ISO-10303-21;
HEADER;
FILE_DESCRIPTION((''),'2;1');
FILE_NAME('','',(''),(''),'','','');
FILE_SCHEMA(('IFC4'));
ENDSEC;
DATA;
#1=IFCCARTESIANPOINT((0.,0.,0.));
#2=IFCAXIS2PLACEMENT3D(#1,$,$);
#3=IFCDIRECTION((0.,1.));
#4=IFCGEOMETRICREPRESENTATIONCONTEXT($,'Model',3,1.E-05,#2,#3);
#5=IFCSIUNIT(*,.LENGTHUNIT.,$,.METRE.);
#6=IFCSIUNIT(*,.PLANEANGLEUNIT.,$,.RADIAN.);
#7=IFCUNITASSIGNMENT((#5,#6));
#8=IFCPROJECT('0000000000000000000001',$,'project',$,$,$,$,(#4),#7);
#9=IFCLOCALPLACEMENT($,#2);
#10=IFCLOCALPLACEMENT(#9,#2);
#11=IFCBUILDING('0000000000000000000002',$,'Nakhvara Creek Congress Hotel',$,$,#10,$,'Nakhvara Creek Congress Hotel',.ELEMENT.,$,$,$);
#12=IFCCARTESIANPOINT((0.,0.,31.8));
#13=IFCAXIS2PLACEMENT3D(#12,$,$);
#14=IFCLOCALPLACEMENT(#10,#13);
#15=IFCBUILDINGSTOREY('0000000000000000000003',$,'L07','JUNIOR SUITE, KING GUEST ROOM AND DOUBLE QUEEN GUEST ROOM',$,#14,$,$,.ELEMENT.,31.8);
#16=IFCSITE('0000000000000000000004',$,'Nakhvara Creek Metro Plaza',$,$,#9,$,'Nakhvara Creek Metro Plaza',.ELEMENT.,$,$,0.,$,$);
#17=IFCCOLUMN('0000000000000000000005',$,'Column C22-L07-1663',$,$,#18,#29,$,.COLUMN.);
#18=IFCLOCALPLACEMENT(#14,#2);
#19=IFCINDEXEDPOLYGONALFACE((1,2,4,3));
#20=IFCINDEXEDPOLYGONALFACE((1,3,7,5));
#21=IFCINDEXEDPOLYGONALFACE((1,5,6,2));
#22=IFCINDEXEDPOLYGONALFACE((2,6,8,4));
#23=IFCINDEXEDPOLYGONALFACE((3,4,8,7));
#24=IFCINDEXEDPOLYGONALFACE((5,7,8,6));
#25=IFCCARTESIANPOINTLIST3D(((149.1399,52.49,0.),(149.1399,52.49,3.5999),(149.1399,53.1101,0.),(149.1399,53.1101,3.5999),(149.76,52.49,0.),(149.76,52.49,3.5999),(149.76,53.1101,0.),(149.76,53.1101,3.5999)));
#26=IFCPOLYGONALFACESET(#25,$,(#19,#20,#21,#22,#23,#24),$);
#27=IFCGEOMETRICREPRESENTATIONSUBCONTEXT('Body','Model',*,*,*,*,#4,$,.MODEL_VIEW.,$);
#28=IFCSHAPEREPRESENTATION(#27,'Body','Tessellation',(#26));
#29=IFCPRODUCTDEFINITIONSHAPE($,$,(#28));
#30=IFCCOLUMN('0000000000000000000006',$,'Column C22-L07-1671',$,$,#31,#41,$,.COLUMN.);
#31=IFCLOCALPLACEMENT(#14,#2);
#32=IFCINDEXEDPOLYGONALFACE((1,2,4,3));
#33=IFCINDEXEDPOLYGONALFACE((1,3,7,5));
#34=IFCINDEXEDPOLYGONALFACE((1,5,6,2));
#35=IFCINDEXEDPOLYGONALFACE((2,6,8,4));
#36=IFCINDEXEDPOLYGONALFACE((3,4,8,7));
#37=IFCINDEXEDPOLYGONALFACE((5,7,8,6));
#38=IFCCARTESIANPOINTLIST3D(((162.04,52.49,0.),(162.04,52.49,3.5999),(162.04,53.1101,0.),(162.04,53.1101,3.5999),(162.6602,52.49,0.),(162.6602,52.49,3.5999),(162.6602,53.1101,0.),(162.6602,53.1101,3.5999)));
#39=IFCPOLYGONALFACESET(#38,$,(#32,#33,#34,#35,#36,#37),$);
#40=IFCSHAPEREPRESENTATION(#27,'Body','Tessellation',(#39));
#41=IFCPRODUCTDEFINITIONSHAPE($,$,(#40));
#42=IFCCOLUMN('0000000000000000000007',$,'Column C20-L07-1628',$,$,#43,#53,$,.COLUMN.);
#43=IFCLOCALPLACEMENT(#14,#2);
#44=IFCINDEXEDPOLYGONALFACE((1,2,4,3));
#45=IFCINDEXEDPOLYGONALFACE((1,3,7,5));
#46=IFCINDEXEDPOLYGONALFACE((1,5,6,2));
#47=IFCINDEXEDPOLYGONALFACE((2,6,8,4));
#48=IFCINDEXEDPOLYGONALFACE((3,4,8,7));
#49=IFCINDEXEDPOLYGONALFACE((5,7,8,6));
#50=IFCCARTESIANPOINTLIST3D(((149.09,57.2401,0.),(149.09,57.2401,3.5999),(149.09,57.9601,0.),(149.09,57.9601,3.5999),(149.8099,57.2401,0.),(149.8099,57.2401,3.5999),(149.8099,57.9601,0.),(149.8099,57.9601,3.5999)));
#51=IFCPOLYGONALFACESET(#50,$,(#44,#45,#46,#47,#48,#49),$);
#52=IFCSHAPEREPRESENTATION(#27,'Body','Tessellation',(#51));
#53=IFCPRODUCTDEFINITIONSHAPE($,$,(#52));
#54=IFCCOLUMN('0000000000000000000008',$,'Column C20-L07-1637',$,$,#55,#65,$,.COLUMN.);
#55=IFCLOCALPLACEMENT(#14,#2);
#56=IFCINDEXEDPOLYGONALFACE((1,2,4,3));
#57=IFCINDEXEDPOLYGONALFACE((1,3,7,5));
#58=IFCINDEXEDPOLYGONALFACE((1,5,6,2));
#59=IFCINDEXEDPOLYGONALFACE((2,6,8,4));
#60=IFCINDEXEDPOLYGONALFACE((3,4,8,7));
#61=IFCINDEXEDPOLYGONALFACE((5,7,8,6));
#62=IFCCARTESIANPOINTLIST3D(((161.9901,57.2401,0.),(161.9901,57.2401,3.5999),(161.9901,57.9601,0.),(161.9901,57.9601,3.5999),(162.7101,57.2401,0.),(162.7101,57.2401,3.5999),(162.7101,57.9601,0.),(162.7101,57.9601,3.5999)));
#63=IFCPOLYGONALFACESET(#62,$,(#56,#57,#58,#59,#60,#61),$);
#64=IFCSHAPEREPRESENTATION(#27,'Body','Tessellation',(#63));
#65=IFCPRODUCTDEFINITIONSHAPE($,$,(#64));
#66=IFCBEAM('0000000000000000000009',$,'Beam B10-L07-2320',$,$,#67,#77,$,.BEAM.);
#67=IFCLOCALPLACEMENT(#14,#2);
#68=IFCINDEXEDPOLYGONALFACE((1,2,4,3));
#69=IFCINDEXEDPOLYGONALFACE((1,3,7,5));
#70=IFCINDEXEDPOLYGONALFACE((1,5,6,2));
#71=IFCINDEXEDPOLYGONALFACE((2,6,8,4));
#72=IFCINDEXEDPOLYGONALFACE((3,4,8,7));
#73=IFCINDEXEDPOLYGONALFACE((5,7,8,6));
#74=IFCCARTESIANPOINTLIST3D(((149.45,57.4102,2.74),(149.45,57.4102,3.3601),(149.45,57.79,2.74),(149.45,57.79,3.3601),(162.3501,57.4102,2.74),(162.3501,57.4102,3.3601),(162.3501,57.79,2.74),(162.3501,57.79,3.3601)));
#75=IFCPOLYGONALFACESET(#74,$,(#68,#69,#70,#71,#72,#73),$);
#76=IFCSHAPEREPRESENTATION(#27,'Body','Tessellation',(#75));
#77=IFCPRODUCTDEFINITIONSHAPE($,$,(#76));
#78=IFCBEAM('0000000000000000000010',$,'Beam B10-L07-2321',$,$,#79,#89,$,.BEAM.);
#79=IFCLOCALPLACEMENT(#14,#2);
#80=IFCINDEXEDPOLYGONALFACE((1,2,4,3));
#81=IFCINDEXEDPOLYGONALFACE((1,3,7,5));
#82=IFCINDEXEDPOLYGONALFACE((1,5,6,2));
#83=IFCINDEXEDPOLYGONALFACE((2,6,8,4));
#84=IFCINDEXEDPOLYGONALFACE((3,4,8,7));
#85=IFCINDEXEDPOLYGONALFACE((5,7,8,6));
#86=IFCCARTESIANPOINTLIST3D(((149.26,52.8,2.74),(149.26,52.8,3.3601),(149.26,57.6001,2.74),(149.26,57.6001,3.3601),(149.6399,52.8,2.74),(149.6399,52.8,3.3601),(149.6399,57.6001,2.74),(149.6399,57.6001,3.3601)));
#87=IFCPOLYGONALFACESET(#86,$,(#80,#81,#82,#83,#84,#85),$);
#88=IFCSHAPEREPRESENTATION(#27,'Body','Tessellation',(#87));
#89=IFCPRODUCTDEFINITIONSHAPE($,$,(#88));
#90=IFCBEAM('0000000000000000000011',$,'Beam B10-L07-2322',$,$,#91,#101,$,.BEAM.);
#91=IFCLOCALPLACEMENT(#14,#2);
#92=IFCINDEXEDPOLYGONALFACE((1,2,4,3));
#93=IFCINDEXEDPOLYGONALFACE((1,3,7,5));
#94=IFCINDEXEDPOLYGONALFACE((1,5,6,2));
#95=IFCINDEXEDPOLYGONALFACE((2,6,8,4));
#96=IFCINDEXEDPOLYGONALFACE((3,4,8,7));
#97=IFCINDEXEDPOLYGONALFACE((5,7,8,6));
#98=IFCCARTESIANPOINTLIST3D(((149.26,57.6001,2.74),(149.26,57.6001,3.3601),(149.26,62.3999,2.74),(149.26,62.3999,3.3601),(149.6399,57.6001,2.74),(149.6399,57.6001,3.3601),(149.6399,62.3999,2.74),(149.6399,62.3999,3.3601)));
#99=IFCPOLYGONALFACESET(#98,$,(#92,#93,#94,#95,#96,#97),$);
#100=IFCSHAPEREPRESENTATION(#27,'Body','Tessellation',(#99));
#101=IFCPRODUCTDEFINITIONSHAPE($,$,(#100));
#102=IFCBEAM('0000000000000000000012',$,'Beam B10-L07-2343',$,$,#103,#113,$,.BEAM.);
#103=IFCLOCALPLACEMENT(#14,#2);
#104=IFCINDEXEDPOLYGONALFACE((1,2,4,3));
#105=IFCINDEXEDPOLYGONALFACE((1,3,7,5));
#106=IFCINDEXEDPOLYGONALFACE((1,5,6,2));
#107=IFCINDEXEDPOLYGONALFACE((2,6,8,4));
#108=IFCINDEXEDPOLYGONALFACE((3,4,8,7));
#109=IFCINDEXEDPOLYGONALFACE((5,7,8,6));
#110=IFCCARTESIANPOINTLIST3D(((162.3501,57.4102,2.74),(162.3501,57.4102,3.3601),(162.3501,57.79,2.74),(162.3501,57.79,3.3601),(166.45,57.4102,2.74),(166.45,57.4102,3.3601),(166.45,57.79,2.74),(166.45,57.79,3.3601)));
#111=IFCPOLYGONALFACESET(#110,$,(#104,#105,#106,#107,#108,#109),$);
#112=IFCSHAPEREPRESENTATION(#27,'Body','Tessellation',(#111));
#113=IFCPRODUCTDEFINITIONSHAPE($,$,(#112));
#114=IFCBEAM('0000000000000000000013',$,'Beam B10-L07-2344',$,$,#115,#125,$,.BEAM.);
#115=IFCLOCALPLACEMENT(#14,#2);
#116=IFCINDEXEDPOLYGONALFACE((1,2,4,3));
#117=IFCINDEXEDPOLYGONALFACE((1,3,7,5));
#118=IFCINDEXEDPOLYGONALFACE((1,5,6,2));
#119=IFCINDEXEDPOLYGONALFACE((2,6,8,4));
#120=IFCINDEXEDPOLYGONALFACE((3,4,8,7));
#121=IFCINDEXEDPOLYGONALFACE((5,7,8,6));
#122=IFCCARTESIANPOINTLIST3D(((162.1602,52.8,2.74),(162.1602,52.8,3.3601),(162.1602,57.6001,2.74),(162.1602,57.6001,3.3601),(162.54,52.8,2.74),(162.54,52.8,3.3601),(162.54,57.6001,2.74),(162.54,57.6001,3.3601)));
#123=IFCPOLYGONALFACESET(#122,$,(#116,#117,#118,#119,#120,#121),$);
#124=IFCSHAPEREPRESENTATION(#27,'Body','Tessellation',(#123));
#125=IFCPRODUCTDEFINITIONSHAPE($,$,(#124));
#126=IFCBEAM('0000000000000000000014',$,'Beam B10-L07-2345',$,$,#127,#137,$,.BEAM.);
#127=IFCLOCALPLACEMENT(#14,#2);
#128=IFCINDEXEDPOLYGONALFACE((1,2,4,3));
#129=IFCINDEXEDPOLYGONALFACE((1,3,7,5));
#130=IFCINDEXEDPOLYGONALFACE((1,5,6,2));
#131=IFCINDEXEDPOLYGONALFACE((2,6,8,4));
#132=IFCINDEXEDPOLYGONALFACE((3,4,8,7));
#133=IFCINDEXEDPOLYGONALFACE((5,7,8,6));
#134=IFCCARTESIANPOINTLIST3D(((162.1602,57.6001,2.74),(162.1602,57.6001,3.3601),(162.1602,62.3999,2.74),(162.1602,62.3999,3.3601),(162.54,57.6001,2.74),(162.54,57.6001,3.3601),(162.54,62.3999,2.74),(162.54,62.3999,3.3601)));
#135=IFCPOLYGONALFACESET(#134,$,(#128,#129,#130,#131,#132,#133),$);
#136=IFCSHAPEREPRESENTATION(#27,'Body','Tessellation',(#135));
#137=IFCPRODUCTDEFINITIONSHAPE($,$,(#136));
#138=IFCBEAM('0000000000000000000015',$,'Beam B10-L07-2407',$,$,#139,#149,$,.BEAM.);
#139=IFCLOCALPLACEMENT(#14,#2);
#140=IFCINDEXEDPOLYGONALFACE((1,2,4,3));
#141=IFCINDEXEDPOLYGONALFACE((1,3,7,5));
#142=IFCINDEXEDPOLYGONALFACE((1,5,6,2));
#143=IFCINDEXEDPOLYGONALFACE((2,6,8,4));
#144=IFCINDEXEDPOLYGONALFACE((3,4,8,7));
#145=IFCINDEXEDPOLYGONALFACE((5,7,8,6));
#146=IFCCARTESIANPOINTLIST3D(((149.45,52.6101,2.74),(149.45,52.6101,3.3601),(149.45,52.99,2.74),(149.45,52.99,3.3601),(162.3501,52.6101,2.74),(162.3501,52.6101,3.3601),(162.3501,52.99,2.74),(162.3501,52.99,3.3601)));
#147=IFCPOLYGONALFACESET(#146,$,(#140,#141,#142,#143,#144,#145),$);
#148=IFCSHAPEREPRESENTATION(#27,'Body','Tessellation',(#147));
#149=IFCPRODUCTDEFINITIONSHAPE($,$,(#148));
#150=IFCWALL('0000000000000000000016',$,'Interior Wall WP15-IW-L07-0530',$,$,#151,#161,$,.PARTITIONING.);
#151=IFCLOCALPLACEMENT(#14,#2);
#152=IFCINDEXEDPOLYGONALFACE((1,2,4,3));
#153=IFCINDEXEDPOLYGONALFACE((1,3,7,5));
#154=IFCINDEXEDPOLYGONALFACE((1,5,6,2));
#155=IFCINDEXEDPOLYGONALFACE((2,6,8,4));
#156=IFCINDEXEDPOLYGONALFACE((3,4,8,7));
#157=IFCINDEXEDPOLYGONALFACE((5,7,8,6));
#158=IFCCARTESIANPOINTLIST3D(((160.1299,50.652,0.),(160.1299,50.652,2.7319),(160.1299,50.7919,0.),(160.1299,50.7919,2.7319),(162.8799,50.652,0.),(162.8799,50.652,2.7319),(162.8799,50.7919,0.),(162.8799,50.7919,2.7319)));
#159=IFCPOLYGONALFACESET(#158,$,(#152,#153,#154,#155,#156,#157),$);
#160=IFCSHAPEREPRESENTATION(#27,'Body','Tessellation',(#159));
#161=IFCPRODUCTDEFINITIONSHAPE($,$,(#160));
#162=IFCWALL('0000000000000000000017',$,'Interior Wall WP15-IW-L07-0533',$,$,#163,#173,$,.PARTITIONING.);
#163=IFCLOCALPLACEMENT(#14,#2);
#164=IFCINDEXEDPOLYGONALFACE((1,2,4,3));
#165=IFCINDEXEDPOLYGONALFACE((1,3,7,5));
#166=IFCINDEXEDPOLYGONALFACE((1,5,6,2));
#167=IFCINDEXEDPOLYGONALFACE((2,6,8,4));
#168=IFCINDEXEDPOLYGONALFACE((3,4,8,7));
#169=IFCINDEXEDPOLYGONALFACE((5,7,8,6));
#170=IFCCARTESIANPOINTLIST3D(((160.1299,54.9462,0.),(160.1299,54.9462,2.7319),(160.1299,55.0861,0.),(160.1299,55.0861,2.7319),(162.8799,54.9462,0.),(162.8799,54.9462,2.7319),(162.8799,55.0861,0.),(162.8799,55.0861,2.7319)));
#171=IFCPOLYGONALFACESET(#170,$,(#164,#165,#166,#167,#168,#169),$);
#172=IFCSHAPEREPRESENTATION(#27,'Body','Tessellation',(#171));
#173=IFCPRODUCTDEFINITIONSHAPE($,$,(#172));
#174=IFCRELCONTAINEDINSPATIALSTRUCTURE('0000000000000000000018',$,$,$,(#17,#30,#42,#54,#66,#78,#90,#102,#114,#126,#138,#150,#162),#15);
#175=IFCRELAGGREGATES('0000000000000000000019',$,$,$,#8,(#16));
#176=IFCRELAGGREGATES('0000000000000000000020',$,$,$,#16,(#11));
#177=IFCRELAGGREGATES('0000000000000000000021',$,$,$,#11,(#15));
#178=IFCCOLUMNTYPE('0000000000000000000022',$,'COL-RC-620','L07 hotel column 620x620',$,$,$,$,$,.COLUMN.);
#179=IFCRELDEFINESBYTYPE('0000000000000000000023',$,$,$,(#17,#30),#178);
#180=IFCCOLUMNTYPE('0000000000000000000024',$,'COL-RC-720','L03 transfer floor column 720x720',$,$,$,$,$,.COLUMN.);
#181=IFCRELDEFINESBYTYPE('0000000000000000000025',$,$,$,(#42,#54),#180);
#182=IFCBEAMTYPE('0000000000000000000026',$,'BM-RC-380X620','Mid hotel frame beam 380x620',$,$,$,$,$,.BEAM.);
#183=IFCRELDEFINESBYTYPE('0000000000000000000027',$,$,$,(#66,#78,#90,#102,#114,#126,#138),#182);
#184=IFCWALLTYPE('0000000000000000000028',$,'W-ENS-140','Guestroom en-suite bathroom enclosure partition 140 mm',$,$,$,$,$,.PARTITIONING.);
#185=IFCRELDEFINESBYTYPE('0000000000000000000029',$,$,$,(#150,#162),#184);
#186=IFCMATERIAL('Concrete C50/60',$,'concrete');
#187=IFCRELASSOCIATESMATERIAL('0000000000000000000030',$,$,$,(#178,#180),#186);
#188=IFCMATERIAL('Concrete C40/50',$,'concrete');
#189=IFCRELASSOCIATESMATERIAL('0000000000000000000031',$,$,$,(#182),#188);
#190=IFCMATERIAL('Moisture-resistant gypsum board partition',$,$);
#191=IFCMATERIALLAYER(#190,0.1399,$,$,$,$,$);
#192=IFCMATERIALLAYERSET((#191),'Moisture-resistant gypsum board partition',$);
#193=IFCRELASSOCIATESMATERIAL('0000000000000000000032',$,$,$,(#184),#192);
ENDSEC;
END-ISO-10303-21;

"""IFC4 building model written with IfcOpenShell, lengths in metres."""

from ifc_helpers import new_model, si_unit, direction, frame, frame_2d, origin, origin_2d, place, context, subcontext, project, spatial, rectangle, extrude, material, layer, layer_set, material_profile, profile_set, type_object, element, save


model = new_model("IFC4")

# Units and contexts
model_context = context("Model", 3, precision=1e-05, world=origin(), true_north=direction((0.0, 1.0)))
body_context = subcontext(model_context, "Body", "Model", "MODEL_VIEW")
ifc_project = project(units=[si_unit("LENGTHUNIT", "METRE"), si_unit("PLANEANGLEUNIT", "RADIAN")], contexts=[model_context])

# Site, building, storey
site_placement = place(None, origin())
site = spatial("IfcSite", under=ifc_project, at=site_placement, Name="Nakhvara Creek Metro Plaza", LongName="Nakhvara Creek Metro Plaza", CompositionType="ELEMENT", RefElevation=0.0)
building_placement = place(site_placement, origin())
building = spatial("IfcBuilding", under=site, at=building_placement, Name="Nakhvara Creek Congress Hotel", LongName="Nakhvara Creek Congress Hotel", CompositionType="ELEMENT")
storey_placement = place(building_placement, frame((0.0, 0.0, 31.8)))
storey = spatial("IfcBuildingStorey", under=building, at=storey_placement, Name="L07", Description="JUNIOR SUITE, KING GUEST ROOM AND DOUBLE QUEEN GUEST ROOM", CompositionType="ELEMENT", Elevation=31.8)

# Columns
ifc_material_1 = material(Name="Concrete C50/60", Category="concrete")
ifc_material_profile_1 = material_profile(ifc_material_1, rectangle(XDim=0.6201, YDim=0.6201, at=origin_2d()), Name="RC-COL 620x620", Category="LoadBearing")
ifc_profile_set_1 = profile_set([ifc_material_profile_1], Name="Concrete C50/60")
column_type_1 = type_object("IfcColumnType", Name="COL-RC-620", Description="L07 hotel column 620x620", PredefinedType="COLUMN", material=ifc_profile_set_1)
for number, where, z_axis, x_axis, name in (
    (1, (149.45, 52.8, 0.0), (0.0, 0.0, 1.0), (1.0, 0.0, 0.0), "Column C22-L07-1663"),
    (2, (162.3501, 52.8, 0.0), (0.0, 0.0, 1.0), (1.0, 0.0, 0.0), "Column C22-L07-1671"),
):
    element("IfcColumn", number, at=place(storey_placement, frame(where, z_axis=z_axis, x_axis=x_axis)), inside=storey, type_object=column_type_1, Name=name, PredefinedType="COLUMN", context=body_context, shape_type="SweptSolid", body=[
        extrude(rectangle(XDim=0.6201, YDim=0.6201, at=origin_2d()), origin(), (0.0, 0.0, 1.0), 3.5999),
    ])
ifc_material_profile_2 = material_profile(ifc_material_1, rectangle(XDim=0.72, YDim=0.72, at=origin_2d()), Name="RC-COL 720x720", Category="LoadBearing")
ifc_profile_set_2 = profile_set([ifc_material_profile_2], Name="Concrete C50/60")
column_type_2 = type_object("IfcColumnType", Name="COL-RC-720", Description="L03 transfer floor column 720x720", PredefinedType="COLUMN", material=ifc_profile_set_2)
for number, where, z_axis, x_axis, name in (
    (3, (149.45, 57.6001, 0.0), (0.0, 0.0, 1.0), (1.0, 0.0, 0.0), "Column C20-L07-1628"),
    (4, (162.3501, 57.6001, 0.0), (0.0, 0.0, 1.0), (1.0, 0.0, 0.0), "Column C20-L07-1637"),
):
    element("IfcColumn", number, at=place(storey_placement, frame(where, z_axis=z_axis, x_axis=x_axis)), inside=storey, type_object=column_type_2, Name=name, PredefinedType="COLUMN", context=body_context, shape_type="SweptSolid", body=[
        extrude(rectangle(XDim=0.72, YDim=0.72, at=origin_2d()), origin(), (0.0, 0.0, 1.0), 3.5999),
    ])

# Beams
ifc_material_2 = material(Name="Concrete C40/50", Category="concrete")
ifc_material_profile_3 = material_profile(ifc_material_2, rectangle(XDim=0.3799, YDim=0.6201, at=origin_2d()), Name="RC-BM 380x620", Category="LoadBearing")
ifc_profile_set_3 = profile_set([ifc_material_profile_3], Name="Concrete C40/50")
beam_type = type_object("IfcBeamType", Name="BM-RC-380X620", Description="Mid hotel frame beam 380x620", PredefinedType="BEAM", material=ifc_profile_set_3)
beam_1_placement = place(storey_placement, frame((149.45, 57.6001, 3.05), z_axis=(1.0, 0.0, 0.0), x_axis=(0.0, 1.0, 0.0)))
element("IfcBeam", 5, at=beam_1_placement, inside=storey, type_object=beam_type, Name="Beam B10-L07-2320", PredefinedType="BEAM", context=body_context, shape_type="SweptSolid", body=[
    extrude(rectangle(XDim=0.3799, YDim=0.6201, at=origin_2d()), origin(), (0.0, 0.0, 1.0), 12.9001),
])
beam_2_placement = place(storey_placement, frame((149.45, 52.8, 3.05), z_axis=(0.0, 1.0, 0.0), x_axis=(-1.0, 0.0, 0.0)))
element("IfcBeam", 6, at=beam_2_placement, inside=storey, type_object=beam_type, Name="Beam B10-L07-2321", PredefinedType="BEAM", context=body_context, shape_type="SweptSolid", body=[
    extrude(rectangle(XDim=0.3799, YDim=0.6201, at=origin_2d()), origin(), (0.0, 0.0, 1.0), 4.8),
])
beam_3_placement = place(storey_placement, frame((149.45, 57.6001, 3.05), z_axis=(0.0, 1.0, 0.0), x_axis=(-1.0, 0.0, 0.0)))
element("IfcBeam", 7, at=beam_3_placement, inside=storey, type_object=beam_type, Name="Beam B10-L07-2322", PredefinedType="BEAM", context=body_context, shape_type="SweptSolid", body=[
    extrude(rectangle(XDim=0.3799, YDim=0.6201, at=origin_2d()), origin(), (0.0, 0.0, 1.0), 4.7998),
])
beam_4_placement = place(storey_placement, frame((162.3501, 57.6001, 3.05), z_axis=(1.0, 0.0, 0.0), x_axis=(0.0, 1.0, 0.0)))
element("IfcBeam", 8, at=beam_4_placement, inside=storey, type_object=beam_type, Name="Beam B10-L07-2343", PredefinedType="BEAM", context=body_context, shape_type="SweptSolid", body=[
    extrude(rectangle(XDim=0.3799, YDim=0.6201, at=origin_2d()), origin(), (0.0, 0.0, 1.0), 4.0999),
])
beam_5_placement = place(storey_placement, frame((162.3501, 52.8, 3.05), z_axis=(0.0, 1.0, 0.0), x_axis=(-1.0, 0.0, 0.0)))
element("IfcBeam", 9, at=beam_5_placement, inside=storey, type_object=beam_type, Name="Beam B10-L07-2344", PredefinedType="BEAM", context=body_context, shape_type="SweptSolid", body=[
    extrude(rectangle(XDim=0.3799, YDim=0.6201, at=origin_2d()), origin(), (0.0, 0.0, 1.0), 4.8),
])
beam_6_placement = place(storey_placement, frame((162.3501, 57.6001, 3.05), z_axis=(0.0, 1.0, 0.0), x_axis=(-1.0, 0.0, 0.0)))
element("IfcBeam", 10, at=beam_6_placement, inside=storey, type_object=beam_type, Name="Beam B10-L07-2345", PredefinedType="BEAM", context=body_context, shape_type="SweptSolid", body=[
    extrude(rectangle(XDim=0.3799, YDim=0.6201, at=origin_2d()), origin(), (0.0, 0.0, 1.0), 4.7998),
])
beam_7_placement = place(storey_placement, frame((149.45, 52.8, 3.05), z_axis=(1.0, 0.0, 0.0), x_axis=(0.0, 1.0, 0.0)))
element("IfcBeam", 11, at=beam_7_placement, inside=storey, type_object=beam_type, Name="Beam B10-L07-2407", PredefinedType="BEAM", context=body_context, shape_type="SweptSolid", body=[
    extrude(rectangle(XDim=0.3799, YDim=0.6201, at=origin_2d()), origin(), (0.0, 0.0, 1.0), 12.9001),
])

# Shared definitions
ifc_material_3 = material(Name="Moisture-resistant gypsum board partition")
ifc_layer_1 = layer(ifc_material_3, 0.1399)
ifc_layer_set_1 = layer_set([ifc_layer_1], Name="Moisture-resistant gypsum board partition")
wall_type_1 = type_object("IfcWallType", Name="W-ENS-140", Description="Guestroom en-suite bathroom enclosure partition 140 mm", PredefinedType="PARTITIONING", material=ifc_layer_set_1)

# Wall
wall_1_placement = place(storey_placement, frame((160.1299, 50.7219, 0.0), z_axis=(0.0, 0.0, 1.0), x_axis=(1.0, 0.0, 0.0)))
element("IfcWall", 12, at=wall_1_placement, inside=storey, type_object=wall_type_1, Name="Interior Wall WP15-IW-L07-0530", PredefinedType="PARTITIONING", context=body_context, shape_type="SweptSolid", body=[
    extrude(rectangle(XDim=2.75, YDim=0.1399, at=frame_2d((1.375, 0.0))), origin(), (0.0, 0.0, 1.0), 2.7319),
])

# Wall
wall_2_placement = place(storey_placement, frame((160.1299, 55.0161, 0.0), z_axis=(0.0, 0.0, 1.0), x_axis=(1.0, 0.0, 0.0)))
element("IfcWall", 13, at=wall_2_placement, inside=storey, type_object=wall_type_1, Name="Interior Wall WP15-IW-L07-0533", PredefinedType="PARTITIONING", context=body_context, shape_type="SweptSolid", body=[
    extrude(rectangle(XDim=2.75, YDim=0.1399, at=frame_2d((1.375, 0.0))), origin(), (0.0, 0.0, 1.0), 2.7319),
])

save(model, "model.ifc")
